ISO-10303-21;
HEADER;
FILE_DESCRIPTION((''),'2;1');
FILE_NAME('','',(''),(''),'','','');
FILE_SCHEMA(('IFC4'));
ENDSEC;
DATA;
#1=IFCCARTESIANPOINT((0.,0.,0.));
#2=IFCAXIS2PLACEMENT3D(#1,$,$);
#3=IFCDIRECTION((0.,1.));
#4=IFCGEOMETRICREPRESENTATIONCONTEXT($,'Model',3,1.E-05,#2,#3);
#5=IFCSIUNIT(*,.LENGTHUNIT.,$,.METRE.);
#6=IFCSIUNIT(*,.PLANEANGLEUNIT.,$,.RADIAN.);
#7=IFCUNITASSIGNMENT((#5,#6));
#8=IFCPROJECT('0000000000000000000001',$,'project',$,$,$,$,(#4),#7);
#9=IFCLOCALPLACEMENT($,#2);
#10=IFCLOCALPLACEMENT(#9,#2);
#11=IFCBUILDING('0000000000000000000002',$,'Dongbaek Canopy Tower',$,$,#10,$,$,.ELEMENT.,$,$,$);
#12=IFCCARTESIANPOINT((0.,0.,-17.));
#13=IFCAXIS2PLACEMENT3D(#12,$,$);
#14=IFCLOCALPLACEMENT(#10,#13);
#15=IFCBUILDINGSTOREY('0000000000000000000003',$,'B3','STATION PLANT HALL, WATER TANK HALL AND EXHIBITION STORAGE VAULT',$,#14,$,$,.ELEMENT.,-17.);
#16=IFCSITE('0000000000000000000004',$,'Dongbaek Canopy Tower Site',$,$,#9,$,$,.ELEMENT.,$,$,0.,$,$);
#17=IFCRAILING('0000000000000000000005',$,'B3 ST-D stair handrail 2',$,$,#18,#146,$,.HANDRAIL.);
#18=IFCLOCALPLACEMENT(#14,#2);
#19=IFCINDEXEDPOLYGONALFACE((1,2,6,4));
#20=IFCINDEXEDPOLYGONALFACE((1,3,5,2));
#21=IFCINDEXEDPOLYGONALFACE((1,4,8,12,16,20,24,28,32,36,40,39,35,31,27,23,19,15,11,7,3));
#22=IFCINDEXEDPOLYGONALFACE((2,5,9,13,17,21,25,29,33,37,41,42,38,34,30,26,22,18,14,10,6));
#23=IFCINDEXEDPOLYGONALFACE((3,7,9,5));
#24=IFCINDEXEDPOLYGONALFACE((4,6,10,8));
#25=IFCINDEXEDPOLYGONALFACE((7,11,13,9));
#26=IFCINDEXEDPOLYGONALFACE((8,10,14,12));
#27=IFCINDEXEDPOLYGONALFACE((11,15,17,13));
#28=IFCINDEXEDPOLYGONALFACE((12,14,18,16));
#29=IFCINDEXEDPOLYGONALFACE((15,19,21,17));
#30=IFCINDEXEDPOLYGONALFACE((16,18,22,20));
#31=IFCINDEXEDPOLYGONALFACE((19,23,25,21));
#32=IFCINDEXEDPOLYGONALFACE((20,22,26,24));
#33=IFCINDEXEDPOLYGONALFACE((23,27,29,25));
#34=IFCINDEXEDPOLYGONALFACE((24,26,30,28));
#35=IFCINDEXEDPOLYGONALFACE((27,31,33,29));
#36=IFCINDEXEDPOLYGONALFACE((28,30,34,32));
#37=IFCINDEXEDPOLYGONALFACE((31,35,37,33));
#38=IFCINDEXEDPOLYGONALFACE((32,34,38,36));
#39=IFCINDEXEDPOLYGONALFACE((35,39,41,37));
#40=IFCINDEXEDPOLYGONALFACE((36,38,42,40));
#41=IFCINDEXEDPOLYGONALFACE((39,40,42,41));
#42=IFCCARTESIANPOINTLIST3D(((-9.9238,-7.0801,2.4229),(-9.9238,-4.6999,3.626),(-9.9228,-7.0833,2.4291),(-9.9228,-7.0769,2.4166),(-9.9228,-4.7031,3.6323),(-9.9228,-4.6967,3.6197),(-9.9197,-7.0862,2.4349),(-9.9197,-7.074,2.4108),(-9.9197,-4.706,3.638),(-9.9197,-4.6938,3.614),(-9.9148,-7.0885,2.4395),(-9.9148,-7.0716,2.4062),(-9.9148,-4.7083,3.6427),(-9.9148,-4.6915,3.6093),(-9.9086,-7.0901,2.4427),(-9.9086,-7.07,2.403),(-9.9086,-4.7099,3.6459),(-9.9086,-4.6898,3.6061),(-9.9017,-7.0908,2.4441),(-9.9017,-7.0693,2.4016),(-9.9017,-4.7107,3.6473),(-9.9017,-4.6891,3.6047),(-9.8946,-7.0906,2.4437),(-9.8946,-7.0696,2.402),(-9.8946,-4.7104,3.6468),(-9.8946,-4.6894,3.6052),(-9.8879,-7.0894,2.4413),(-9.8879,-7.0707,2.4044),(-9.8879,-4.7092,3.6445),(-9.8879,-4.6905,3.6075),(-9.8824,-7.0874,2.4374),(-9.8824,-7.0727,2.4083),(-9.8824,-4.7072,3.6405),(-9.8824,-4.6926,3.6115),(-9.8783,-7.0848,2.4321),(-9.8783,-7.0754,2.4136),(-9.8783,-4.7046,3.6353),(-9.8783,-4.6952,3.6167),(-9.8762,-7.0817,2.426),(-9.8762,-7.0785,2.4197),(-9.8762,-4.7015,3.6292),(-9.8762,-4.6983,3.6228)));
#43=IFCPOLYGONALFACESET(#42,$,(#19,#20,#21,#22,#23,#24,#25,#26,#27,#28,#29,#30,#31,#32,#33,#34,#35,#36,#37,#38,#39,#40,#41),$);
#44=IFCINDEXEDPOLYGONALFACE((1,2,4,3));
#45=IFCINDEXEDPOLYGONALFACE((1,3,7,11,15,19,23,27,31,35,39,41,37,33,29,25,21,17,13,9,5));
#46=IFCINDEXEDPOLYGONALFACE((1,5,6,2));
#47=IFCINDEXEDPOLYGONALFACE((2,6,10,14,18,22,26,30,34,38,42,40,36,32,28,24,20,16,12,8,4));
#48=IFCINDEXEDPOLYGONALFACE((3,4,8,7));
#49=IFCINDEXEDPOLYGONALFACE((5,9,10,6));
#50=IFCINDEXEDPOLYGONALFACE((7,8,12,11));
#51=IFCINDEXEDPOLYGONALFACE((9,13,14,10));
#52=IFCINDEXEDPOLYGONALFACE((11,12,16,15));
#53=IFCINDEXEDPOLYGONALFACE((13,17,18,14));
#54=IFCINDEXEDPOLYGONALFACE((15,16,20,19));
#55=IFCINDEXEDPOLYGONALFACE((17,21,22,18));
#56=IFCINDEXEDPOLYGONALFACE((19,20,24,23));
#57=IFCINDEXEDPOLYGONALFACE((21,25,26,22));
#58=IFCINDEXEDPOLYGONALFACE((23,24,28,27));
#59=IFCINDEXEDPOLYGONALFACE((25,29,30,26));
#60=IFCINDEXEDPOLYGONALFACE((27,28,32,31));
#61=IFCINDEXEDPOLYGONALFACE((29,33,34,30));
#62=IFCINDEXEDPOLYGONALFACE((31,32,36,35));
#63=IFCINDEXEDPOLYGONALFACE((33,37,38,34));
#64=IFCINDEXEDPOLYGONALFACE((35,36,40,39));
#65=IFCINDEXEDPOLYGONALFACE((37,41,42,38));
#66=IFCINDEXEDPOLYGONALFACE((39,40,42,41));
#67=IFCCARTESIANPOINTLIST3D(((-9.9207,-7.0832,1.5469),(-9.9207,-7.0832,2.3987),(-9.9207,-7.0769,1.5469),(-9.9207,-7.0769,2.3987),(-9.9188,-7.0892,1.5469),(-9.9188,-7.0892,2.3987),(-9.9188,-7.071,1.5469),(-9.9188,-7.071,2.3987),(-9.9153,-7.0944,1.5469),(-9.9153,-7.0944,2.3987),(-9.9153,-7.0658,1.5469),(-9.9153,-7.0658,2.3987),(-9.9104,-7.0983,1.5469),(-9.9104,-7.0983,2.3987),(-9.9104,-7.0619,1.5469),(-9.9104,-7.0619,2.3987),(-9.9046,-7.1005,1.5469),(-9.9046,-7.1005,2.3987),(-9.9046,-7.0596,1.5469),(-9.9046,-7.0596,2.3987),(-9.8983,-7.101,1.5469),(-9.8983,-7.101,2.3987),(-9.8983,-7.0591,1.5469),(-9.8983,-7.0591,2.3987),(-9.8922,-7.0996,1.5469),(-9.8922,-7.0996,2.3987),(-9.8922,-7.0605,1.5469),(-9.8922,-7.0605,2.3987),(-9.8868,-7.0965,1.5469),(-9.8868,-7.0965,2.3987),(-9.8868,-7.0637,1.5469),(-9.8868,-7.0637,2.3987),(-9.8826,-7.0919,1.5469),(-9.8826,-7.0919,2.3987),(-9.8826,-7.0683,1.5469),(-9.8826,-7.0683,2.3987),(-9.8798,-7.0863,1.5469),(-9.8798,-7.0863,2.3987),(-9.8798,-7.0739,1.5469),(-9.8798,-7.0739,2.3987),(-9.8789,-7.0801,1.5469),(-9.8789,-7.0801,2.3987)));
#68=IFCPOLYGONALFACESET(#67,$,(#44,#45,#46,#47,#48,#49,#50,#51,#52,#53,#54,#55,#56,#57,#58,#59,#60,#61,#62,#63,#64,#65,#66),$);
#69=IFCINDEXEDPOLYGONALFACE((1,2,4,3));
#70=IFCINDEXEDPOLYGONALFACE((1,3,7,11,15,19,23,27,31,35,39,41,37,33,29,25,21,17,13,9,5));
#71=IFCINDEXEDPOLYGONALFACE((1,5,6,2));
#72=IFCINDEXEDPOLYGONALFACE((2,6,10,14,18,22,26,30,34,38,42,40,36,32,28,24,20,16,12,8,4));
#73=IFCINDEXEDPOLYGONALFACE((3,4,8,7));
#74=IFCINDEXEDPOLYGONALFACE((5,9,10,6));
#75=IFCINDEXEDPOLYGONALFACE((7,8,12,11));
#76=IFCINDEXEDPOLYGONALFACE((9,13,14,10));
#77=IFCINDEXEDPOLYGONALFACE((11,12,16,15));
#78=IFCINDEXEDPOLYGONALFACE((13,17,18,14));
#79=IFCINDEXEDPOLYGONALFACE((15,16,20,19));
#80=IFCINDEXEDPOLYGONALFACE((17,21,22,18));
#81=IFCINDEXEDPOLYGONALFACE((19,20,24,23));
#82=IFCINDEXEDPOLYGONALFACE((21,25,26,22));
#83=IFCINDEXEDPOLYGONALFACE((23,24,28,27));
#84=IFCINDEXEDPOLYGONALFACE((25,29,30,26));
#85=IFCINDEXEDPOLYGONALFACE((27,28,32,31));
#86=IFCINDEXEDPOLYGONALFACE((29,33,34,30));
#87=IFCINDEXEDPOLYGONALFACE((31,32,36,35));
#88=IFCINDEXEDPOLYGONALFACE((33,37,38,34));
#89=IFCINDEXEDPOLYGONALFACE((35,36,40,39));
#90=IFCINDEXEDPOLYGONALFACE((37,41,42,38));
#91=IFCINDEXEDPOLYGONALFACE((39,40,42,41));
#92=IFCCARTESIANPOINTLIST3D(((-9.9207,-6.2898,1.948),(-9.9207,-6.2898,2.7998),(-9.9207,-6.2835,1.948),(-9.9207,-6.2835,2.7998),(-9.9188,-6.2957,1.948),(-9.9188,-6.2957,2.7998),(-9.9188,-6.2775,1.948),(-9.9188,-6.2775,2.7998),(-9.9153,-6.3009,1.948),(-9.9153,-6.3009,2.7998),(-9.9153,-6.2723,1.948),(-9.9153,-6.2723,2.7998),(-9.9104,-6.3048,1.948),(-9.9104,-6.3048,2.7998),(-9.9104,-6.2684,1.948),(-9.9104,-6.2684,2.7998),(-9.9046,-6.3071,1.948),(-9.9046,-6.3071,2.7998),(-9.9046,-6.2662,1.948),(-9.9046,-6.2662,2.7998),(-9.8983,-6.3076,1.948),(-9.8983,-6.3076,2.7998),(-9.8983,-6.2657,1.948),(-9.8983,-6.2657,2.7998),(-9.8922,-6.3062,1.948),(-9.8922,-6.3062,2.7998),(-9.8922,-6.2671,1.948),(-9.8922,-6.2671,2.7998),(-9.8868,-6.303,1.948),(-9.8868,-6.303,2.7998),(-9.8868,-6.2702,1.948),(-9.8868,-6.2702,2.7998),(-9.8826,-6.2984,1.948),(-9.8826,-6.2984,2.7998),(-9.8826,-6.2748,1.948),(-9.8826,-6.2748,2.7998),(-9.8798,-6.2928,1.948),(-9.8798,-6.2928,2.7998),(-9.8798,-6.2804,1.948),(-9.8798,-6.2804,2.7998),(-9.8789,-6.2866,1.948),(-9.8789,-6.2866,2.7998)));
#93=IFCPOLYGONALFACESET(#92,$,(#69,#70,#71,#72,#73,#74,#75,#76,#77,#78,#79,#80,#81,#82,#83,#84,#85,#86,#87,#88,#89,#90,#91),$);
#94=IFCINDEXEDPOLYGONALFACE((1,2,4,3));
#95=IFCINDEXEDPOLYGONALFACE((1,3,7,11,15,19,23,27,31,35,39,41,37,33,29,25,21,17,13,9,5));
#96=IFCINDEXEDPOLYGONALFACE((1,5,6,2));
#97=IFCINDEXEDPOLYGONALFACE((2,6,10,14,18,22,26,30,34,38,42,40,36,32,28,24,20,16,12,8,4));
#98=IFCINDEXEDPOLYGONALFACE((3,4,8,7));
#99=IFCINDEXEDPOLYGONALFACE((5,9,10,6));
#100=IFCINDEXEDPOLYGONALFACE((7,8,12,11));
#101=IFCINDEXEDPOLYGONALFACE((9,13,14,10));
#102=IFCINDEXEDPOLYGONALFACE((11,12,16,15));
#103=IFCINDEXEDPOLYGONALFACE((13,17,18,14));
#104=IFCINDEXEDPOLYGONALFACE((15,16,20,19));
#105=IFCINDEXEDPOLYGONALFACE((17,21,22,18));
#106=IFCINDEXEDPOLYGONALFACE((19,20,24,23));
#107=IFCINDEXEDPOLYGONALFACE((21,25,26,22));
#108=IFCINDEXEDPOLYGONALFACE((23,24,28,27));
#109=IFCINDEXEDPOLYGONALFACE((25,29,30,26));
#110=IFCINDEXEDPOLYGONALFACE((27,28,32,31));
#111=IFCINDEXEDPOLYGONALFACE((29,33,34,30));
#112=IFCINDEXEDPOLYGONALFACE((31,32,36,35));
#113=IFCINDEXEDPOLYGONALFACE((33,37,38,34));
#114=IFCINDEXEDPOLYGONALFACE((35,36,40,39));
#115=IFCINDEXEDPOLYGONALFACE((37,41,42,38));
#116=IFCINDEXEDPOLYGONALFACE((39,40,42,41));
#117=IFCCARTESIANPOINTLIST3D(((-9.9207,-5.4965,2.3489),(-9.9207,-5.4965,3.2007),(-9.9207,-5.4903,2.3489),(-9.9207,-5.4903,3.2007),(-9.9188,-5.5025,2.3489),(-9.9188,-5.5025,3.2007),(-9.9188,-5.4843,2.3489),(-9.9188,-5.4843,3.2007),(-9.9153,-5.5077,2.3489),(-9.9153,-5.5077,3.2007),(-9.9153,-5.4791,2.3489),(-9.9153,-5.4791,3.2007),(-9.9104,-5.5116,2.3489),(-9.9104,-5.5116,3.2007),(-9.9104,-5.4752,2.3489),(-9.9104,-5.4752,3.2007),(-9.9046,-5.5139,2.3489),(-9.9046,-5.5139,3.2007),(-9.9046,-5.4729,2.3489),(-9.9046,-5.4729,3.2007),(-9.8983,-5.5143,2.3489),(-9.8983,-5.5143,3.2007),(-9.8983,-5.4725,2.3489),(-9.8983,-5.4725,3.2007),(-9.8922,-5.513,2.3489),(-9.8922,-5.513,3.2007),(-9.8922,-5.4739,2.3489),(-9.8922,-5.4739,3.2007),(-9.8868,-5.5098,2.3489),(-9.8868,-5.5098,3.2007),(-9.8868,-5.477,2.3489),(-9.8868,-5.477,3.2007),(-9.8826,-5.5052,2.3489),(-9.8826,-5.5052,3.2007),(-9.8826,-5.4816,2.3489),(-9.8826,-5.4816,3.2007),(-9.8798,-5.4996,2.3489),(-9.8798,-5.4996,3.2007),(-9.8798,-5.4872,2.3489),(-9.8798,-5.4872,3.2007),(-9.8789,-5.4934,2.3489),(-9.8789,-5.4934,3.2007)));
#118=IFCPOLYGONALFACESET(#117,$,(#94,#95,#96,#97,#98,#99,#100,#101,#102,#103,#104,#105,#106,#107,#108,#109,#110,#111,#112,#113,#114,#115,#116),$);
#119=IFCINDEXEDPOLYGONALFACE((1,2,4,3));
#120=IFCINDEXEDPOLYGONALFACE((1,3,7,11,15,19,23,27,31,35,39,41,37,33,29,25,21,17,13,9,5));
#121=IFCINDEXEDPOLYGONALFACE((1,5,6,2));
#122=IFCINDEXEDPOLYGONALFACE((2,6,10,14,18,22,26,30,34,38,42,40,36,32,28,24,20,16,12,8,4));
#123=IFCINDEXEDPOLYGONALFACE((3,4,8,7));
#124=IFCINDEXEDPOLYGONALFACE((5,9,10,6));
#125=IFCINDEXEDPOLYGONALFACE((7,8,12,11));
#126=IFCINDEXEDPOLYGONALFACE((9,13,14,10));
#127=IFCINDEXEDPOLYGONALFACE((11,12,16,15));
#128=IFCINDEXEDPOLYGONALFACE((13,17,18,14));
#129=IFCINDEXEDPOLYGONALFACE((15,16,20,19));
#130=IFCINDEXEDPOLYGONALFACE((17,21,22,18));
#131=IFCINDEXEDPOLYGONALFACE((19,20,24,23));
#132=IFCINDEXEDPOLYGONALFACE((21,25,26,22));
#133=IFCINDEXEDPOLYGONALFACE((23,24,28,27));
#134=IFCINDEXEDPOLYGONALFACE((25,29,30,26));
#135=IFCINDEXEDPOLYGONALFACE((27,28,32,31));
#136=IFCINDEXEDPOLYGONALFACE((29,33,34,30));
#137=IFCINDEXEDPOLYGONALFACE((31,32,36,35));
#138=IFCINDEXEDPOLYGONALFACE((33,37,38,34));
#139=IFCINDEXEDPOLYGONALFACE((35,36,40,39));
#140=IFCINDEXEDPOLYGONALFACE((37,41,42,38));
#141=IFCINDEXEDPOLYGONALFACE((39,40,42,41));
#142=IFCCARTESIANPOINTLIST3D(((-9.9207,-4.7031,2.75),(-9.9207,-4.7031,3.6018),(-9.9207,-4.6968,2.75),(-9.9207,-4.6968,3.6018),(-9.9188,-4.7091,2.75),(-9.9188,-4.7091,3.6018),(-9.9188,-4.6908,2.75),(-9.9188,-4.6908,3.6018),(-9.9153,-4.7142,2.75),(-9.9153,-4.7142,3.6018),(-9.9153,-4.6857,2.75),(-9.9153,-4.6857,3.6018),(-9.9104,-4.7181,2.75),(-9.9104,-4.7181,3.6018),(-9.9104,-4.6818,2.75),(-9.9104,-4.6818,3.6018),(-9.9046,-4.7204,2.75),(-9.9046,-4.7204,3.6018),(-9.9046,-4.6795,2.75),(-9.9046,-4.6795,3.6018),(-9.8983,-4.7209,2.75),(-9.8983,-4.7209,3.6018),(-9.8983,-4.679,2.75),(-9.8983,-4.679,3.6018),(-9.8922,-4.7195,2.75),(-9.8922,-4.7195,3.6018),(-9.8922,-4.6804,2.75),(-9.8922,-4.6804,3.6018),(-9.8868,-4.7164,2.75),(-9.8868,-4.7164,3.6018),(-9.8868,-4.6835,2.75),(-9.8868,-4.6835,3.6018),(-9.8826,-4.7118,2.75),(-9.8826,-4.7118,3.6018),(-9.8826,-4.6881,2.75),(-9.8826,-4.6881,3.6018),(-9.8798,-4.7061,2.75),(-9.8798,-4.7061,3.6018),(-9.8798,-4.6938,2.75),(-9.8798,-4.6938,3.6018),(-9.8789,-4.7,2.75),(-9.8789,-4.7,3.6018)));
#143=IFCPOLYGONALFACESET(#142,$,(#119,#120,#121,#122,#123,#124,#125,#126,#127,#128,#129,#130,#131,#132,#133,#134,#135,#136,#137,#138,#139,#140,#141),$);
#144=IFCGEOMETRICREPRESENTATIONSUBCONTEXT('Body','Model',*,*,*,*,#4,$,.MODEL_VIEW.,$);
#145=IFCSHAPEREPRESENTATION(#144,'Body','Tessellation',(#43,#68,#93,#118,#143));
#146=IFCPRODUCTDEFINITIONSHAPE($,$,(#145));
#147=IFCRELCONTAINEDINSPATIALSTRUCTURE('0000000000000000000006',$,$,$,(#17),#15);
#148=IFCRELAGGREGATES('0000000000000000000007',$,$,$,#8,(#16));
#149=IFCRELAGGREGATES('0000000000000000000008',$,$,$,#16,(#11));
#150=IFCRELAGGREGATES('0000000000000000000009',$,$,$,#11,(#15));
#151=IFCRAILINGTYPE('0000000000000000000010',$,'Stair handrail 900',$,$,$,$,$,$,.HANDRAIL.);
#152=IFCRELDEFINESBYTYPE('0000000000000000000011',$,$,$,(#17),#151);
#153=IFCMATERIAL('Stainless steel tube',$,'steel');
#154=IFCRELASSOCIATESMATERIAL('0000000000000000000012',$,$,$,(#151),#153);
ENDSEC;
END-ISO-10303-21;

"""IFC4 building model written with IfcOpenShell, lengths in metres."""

from ifc_helpers import new_model, si_unit, direction, frame, origin, origin_2d, place, context, subcontext, project, spatial, circle, extrude, material, type_object, element, save


model = new_model("IFC4")

# Units and contexts
model_context = context("Model", 3, precision=1e-05, world=origin(), true_north=direction((0.0, 1.0)))
body_context = subcontext(model_context, "Body", "Model", "MODEL_VIEW")
ifc_project = project(units=[si_unit("LENGTHUNIT", "METRE"), si_unit("PLANEANGLEUNIT", "RADIAN")], contexts=[model_context])

# Site, building, storey
site_placement = place(None, origin())
site = spatial("IfcSite", under=ifc_project, at=site_placement, Name="Dongbaek Canopy Tower Site", CompositionType="ELEMENT", RefElevation=0.0)
building_placement = place(site_placement, origin())
building = spatial("IfcBuilding", under=site, at=building_placement, Name="Dongbaek Canopy Tower", CompositionType="ELEMENT")
storey_placement = place(building_placement, frame((0.0, 0.0, -17.0)))
storey = spatial("IfcBuildingStorey", under=building, at=storey_placement, Name="B3", Description="STATION PLANT HALL, WATER TANK HALL AND EXHIBITION STORAGE VAULT", CompositionType="ELEMENT", Elevation=-17.0)

# Railing
ifc_material_1 = material(Name="Stainless steel tube", Category="steel")
railing_type_1 = type_object("IfcRailingType", Name="Stair handrail 900", PredefinedType="HANDRAIL", material=ifc_material_1)
railing_1_placement = place(storey_placement, frame((-9.8999, -7.0801, 1.5469)))
element("IfcRailing", 1, at=railing_1_placement, inside=storey, type_object=railing_type_1, Name="B3 ST-D stair handrail 2", PredefinedType="HANDRAIL", context=body_context, shape_type="SweptSolid", body=[
    extrude(circle(Radius=0.0239, at=origin_2d()), frame((0.0, 0.0, 0.876), z_axis=(0.0, 0.89246, 0.451127), x_axis=(-1.0, 0.0, 0.0)), (0.0, 0.0, 1.0), 2.667),
    extrude(circle(Radius=0.021, at=origin_2d()), origin(), (0.0, 0.0, 1.0), 0.8518),
    extrude(circle(Radius=0.021, at=origin_2d()), frame((0.0, 0.7935, 0.4011)), (0.0, 0.0, 1.0), 0.8518),
    extrude(circle(Radius=0.021, at=origin_2d()), frame((0.0, 1.5867, 0.802)), (0.0, 0.0, 1.0), 0.8518),
    extrude(circle(Radius=0.021, at=origin_2d()), frame((0.0, 2.3801, 1.2031)), (0.0, 0.0, 1.0), 0.8518),
])

save(model, "model.ifc")
